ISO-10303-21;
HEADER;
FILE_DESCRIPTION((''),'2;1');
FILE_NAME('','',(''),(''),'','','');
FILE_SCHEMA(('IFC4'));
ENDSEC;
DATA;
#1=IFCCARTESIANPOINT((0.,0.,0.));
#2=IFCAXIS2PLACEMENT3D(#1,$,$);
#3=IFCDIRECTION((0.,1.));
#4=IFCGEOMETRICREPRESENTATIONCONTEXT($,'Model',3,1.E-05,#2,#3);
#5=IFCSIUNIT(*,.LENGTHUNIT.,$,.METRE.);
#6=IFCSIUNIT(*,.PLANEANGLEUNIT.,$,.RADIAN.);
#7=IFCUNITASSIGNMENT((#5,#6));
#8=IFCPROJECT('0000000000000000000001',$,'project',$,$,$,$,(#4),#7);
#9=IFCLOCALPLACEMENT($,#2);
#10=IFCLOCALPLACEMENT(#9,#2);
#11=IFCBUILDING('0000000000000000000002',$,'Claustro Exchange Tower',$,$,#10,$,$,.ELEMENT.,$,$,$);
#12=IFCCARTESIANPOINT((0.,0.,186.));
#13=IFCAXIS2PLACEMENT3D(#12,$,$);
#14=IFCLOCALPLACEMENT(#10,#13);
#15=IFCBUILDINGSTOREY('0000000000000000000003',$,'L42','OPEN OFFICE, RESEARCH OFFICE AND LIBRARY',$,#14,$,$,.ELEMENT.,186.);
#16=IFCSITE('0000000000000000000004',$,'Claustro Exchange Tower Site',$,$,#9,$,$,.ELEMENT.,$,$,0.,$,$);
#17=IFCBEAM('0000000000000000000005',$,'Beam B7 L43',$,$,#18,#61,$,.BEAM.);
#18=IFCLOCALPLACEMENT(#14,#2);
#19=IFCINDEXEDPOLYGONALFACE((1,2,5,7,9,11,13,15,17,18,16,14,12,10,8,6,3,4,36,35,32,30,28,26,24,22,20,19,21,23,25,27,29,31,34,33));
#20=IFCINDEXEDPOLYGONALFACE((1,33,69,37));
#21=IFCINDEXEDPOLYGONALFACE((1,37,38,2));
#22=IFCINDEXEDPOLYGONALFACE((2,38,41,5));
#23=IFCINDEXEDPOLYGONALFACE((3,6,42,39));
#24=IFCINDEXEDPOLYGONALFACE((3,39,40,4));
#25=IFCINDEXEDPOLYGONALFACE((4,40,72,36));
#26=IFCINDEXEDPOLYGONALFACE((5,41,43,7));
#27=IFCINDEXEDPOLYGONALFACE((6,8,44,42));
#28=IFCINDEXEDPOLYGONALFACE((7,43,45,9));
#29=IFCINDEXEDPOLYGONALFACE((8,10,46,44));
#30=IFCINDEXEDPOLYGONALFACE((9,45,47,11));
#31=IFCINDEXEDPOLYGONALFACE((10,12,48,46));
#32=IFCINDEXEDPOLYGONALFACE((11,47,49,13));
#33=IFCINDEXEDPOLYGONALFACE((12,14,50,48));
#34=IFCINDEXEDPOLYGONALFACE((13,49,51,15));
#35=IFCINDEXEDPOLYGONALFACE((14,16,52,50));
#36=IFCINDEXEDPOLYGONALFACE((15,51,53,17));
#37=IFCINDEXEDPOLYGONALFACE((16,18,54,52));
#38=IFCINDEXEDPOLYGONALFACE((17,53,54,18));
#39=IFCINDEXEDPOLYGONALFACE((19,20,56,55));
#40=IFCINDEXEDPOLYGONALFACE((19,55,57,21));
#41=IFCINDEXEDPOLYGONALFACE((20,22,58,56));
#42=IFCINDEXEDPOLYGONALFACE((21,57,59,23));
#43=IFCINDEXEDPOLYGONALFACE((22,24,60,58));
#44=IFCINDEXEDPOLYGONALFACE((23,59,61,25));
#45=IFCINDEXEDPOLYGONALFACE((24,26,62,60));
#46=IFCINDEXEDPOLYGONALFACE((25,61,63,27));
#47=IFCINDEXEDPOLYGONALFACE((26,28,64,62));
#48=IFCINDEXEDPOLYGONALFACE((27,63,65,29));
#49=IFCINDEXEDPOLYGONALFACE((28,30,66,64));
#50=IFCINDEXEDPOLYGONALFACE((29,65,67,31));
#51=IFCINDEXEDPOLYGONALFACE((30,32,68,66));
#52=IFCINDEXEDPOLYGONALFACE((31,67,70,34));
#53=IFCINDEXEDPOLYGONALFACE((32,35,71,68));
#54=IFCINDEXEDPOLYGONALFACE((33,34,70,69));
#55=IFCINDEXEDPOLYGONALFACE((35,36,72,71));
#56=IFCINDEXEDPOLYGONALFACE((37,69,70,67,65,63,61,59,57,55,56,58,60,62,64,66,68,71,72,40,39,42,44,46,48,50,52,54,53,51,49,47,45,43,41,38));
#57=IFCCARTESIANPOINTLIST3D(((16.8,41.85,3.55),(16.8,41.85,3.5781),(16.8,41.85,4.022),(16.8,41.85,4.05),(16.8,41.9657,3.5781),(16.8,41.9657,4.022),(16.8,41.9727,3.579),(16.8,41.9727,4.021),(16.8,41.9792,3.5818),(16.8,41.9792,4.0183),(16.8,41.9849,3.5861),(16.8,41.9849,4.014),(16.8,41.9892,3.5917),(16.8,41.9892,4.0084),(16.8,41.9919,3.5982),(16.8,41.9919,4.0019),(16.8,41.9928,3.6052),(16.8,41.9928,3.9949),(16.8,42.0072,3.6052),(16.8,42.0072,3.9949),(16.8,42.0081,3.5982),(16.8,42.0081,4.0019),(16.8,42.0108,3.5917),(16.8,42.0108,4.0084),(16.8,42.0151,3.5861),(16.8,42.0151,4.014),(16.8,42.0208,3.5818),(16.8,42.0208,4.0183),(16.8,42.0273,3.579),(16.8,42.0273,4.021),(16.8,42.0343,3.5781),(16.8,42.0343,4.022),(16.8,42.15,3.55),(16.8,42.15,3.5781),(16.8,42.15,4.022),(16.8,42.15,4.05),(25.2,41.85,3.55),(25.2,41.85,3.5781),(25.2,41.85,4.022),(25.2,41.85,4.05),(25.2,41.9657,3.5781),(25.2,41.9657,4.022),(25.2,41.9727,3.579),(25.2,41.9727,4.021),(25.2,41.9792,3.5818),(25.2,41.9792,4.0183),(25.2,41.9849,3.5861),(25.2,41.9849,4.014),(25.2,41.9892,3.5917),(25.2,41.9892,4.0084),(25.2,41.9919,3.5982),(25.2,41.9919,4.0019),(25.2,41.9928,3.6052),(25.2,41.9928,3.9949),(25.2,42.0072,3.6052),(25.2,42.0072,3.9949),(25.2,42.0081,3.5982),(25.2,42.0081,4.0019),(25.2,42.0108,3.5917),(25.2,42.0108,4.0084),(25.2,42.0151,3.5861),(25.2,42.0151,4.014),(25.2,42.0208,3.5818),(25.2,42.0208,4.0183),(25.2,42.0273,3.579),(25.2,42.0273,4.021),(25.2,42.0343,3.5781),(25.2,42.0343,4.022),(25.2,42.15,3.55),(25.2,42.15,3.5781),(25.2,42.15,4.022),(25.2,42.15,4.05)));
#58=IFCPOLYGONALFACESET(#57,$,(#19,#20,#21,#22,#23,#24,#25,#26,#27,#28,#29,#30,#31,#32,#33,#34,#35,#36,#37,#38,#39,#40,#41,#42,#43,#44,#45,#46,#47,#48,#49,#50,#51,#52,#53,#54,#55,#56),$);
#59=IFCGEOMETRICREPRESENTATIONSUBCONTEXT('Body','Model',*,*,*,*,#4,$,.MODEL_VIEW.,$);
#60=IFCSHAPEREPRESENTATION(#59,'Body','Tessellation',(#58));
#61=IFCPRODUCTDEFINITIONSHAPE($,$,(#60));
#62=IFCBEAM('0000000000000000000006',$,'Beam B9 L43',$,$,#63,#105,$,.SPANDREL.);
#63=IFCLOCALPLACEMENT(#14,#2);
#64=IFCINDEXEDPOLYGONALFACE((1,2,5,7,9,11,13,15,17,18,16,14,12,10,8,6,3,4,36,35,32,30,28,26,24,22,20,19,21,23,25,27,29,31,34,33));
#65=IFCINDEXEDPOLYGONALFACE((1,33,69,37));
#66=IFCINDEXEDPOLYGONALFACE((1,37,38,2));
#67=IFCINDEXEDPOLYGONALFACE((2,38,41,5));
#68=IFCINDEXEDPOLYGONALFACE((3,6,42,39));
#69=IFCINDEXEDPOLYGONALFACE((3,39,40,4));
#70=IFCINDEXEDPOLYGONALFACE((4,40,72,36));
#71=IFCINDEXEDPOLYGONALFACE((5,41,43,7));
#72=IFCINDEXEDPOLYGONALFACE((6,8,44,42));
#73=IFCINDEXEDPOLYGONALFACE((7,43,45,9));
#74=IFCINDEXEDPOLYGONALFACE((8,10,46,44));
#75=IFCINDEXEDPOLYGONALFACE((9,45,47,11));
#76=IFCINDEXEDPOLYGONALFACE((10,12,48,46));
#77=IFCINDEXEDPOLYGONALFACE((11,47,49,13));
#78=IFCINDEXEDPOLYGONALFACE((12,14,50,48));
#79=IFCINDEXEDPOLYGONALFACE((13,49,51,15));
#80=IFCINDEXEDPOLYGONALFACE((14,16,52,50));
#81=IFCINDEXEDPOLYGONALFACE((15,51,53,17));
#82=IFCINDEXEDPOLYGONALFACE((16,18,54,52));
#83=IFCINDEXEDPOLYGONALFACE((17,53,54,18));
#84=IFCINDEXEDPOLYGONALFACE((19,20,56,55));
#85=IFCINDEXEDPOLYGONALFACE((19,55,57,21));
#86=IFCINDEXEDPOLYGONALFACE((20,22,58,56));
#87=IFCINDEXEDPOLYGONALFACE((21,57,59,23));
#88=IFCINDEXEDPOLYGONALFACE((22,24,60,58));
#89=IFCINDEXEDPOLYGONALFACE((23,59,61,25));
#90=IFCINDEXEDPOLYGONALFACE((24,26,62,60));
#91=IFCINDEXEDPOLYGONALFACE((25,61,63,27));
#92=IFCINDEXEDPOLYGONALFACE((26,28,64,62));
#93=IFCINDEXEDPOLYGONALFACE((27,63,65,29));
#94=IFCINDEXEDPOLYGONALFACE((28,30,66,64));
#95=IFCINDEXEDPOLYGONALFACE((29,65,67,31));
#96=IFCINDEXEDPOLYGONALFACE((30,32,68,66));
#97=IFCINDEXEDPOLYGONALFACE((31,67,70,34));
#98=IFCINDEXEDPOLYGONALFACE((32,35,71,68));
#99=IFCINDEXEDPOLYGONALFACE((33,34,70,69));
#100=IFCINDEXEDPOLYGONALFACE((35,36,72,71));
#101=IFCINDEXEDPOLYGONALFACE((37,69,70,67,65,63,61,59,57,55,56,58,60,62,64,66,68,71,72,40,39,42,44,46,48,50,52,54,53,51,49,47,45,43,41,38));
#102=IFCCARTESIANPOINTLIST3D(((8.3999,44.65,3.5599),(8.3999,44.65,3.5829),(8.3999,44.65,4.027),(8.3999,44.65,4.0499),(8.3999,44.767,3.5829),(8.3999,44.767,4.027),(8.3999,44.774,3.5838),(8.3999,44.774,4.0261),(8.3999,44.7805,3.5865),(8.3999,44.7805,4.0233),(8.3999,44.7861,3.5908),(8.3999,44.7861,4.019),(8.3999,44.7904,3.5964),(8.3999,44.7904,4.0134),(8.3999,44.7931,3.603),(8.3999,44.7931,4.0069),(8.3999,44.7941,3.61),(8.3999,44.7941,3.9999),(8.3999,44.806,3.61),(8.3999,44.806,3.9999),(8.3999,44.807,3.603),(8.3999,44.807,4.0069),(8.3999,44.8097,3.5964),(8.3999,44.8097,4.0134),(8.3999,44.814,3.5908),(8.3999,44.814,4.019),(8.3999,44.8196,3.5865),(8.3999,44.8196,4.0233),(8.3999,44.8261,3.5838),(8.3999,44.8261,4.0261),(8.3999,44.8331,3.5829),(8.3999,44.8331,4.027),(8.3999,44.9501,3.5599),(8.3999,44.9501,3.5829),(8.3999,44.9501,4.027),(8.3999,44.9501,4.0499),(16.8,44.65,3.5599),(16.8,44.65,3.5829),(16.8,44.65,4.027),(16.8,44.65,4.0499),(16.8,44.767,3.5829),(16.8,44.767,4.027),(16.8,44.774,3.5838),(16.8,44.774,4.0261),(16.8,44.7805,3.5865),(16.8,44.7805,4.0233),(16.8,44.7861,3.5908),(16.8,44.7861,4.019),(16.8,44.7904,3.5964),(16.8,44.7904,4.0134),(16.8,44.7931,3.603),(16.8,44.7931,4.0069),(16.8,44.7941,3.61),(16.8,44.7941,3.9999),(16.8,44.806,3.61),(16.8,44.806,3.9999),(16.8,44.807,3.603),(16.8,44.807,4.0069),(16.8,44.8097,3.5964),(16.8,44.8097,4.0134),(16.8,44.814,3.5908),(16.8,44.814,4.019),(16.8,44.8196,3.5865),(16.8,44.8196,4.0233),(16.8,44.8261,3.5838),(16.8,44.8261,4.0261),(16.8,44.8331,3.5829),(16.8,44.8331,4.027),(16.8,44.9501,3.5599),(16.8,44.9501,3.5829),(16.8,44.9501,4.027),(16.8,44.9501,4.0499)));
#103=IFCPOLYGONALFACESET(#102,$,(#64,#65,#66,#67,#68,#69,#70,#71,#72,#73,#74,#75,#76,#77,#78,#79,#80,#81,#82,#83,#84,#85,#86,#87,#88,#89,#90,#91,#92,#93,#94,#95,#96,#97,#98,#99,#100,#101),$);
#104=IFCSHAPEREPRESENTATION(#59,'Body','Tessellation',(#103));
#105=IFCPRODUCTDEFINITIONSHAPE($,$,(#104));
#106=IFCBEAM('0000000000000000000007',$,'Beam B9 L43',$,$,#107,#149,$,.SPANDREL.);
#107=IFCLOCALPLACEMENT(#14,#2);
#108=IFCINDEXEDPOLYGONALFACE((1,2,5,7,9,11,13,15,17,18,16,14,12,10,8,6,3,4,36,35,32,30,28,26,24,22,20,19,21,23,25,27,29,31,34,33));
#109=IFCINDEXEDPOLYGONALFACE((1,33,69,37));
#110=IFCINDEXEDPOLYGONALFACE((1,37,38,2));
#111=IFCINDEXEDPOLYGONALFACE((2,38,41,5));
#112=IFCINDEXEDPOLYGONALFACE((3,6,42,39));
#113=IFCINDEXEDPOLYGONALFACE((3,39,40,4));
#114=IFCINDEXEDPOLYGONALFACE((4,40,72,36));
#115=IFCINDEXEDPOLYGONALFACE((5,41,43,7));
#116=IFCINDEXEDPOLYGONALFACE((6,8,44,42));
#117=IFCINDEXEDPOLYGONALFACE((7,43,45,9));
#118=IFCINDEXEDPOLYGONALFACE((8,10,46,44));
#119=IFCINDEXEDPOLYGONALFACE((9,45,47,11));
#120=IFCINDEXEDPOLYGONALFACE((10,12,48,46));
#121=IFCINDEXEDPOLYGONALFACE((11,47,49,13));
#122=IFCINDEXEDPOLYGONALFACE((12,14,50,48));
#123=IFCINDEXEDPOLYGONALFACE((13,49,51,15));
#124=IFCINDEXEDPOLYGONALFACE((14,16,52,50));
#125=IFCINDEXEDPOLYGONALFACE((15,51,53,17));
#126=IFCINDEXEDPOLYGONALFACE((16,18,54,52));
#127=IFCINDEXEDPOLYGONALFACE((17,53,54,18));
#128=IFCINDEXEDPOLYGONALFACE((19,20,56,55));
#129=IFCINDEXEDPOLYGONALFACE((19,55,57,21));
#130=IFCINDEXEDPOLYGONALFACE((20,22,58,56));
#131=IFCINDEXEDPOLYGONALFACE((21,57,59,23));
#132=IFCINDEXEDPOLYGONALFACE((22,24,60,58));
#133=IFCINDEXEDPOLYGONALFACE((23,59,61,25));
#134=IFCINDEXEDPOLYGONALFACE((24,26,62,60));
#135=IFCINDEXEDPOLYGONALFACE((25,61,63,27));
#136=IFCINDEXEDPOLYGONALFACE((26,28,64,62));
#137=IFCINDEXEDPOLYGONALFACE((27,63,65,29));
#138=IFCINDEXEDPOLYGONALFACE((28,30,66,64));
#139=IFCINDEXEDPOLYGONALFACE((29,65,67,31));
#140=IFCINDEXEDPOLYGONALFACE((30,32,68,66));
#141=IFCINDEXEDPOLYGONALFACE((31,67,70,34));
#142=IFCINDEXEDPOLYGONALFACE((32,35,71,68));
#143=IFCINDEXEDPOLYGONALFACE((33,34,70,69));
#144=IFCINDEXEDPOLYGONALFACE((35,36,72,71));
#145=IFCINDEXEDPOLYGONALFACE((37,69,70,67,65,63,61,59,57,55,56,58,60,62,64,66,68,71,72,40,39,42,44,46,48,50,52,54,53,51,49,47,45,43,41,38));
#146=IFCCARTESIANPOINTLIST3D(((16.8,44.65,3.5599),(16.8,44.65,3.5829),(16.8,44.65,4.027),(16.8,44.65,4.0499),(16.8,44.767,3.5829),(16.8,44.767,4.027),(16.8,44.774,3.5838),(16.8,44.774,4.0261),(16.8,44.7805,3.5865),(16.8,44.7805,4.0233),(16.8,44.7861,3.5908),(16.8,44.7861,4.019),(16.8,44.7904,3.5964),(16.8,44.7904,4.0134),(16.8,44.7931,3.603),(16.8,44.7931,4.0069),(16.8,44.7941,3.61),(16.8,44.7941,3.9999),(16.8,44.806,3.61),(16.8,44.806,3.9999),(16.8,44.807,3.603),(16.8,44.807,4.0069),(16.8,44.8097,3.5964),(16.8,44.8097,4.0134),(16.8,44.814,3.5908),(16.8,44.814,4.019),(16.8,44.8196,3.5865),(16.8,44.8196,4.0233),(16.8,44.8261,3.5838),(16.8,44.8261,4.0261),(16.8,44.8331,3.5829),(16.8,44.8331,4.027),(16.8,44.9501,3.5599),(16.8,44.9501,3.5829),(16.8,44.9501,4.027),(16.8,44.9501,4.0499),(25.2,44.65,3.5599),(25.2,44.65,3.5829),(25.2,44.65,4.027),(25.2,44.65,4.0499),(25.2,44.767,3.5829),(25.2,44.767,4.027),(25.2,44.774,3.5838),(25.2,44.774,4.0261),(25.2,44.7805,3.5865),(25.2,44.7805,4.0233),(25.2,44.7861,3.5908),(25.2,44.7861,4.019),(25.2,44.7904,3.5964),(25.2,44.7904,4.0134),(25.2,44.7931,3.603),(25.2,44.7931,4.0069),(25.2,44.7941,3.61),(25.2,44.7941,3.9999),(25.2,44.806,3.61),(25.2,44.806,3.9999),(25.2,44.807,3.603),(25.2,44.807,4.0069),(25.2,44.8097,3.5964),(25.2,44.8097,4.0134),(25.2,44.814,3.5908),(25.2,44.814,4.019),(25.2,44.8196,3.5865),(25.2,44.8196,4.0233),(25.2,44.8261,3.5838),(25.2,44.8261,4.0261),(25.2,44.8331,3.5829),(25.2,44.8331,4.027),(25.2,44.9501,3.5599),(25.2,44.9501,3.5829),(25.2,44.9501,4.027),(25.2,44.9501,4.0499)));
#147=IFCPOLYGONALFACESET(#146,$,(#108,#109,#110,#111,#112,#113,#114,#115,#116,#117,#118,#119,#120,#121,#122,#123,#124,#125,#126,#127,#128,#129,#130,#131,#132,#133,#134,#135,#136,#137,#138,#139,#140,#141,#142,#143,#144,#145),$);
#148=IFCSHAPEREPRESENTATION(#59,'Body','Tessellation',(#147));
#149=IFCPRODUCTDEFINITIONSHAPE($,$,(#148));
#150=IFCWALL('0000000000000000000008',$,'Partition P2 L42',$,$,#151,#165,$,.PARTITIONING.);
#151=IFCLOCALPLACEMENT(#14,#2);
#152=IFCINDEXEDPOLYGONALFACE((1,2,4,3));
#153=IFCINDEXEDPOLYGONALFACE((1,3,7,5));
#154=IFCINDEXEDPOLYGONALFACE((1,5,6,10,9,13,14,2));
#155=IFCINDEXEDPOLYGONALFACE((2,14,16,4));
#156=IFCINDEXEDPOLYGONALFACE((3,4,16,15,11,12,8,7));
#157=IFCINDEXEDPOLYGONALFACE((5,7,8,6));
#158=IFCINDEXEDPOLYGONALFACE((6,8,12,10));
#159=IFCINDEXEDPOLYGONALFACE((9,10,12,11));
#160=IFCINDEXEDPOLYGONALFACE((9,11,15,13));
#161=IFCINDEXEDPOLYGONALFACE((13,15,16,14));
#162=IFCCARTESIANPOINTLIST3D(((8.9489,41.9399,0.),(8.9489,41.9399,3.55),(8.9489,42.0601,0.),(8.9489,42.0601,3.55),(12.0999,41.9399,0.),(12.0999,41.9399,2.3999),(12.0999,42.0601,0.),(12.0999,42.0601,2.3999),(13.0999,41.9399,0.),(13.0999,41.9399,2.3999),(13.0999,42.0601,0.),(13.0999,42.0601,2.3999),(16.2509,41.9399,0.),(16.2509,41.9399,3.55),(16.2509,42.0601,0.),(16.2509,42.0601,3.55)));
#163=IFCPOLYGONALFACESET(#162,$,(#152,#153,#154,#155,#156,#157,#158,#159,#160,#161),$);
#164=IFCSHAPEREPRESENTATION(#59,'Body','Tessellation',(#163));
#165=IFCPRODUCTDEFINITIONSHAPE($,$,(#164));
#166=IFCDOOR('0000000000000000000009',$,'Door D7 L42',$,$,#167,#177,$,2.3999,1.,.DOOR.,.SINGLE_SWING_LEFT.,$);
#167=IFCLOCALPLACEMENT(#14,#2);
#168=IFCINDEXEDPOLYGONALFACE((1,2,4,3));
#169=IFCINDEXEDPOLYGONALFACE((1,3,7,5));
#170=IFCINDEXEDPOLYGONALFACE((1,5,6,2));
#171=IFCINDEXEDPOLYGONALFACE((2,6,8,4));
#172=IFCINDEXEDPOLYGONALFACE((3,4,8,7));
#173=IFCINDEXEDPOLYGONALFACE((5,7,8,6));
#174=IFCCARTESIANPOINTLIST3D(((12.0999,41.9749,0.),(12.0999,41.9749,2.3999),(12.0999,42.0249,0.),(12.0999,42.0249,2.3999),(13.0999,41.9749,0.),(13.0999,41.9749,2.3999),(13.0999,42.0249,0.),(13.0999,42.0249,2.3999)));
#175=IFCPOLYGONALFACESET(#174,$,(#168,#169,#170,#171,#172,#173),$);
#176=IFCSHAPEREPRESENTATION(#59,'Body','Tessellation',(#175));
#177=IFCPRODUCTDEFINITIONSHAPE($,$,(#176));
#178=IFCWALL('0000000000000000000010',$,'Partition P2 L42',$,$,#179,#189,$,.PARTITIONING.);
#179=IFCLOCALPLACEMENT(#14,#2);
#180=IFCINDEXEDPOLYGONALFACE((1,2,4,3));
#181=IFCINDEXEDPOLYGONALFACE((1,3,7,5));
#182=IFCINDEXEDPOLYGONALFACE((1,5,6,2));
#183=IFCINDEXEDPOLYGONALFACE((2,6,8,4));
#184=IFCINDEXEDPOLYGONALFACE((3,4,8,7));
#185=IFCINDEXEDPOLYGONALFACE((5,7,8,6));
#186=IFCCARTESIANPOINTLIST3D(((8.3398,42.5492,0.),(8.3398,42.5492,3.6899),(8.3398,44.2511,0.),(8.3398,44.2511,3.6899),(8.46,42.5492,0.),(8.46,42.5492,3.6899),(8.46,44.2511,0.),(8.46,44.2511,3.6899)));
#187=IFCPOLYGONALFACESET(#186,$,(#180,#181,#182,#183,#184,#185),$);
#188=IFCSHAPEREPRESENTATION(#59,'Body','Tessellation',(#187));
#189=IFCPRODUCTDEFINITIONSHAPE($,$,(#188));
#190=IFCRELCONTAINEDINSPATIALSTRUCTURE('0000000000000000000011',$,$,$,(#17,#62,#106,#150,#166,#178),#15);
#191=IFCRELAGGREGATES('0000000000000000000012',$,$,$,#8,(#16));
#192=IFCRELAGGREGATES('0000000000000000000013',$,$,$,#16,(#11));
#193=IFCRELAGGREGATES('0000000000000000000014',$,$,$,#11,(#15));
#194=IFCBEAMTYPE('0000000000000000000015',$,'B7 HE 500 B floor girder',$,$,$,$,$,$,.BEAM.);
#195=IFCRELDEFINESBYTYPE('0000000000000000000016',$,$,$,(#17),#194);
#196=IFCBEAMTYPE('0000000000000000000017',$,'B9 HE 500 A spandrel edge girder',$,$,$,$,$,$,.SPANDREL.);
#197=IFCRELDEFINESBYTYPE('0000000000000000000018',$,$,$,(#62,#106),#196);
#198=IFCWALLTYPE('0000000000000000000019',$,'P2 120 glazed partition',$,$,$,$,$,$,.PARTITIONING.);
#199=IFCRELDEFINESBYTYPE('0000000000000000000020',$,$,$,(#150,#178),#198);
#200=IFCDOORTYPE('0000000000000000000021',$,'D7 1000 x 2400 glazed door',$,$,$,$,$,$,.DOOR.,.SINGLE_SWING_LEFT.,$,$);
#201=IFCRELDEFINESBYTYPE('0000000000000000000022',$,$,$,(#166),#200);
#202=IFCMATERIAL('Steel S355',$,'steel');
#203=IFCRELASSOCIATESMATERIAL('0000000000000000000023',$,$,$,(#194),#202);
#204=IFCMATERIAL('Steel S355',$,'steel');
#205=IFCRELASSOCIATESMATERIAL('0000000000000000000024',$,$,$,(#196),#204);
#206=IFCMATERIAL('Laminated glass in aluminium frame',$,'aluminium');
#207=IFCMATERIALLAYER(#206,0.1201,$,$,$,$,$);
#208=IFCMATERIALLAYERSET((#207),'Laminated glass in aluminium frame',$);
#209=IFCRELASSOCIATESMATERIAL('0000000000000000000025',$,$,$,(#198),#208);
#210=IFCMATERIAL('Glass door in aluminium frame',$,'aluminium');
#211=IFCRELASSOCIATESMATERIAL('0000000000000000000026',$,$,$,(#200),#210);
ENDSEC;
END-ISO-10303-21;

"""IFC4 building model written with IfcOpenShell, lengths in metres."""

from ifc_helpers import new_model, si_unit, direction, frame, frame_2d, origin, origin_2d, place, context, subcontext, project, spatial, rectangle, i_section, extrude, material, layer, layer_set, material_profile, profile_set, type_object, element, fill, save


model = new_model("IFC4")

# Units and contexts
model_context = context("Model", 3, precision=1e-05, world=origin(), true_north=direction((0.0, 1.0)))
body_context = subcontext(model_context, "Body", "Model", "MODEL_VIEW")
ifc_project = project(units=[si_unit("LENGTHUNIT", "METRE"), si_unit("PLANEANGLEUNIT", "RADIAN")], contexts=[model_context])

# Site, building, storey
site_placement = place(None, origin())
site = spatial("IfcSite", under=ifc_project, at=site_placement, Name="Claustro Exchange Tower Site", CompositionType="ELEMENT", RefElevation=0.0)
building_placement = place(site_placement, origin())
building = spatial("IfcBuilding", under=site, at=building_placement, Name="Claustro Exchange Tower", CompositionType="ELEMENT")
storey_placement = place(building_placement, frame((0.0, 0.0, 186.0)))
storey = spatial("IfcBuildingStorey", under=building, at=storey_placement, Name="L42", Description="OPEN OFFICE, RESEARCH OFFICE AND LIBRARY", CompositionType="ELEMENT", Elevation=186.0)

# Beams
ifc_material_1 = material(Name="Steel S355", Category="steel")
ifc_material_profile_1 = material_profile(ifc_material_1, i_section(OverallWidth=0.3, OverallDepth=0.5, WebThickness=0.0144, FlangeThickness=0.0281, FilletRadius=0.0271, at=origin_2d()), Name="HE 500 B")
ifc_profile_set_1 = profile_set([ifc_material_profile_1], Name="Steel S355")
beam_type_1 = type_object("IfcBeamType", Name="B7 HE 500 B floor girder", PredefinedType="BEAM", material=ifc_profile_set_1)
beam_1_placement = place(storey_placement, frame((16.8, 42.0, 3.8), z_axis=(1.0, 0.0, 0.0), x_axis=(0.0, 1.0, 0.0)))
element("IfcBeam", 1, at=beam_1_placement, inside=storey, type_object=beam_type_1, Name="Beam B7 L43", PredefinedType="BEAM", context=body_context, shape_type="SweptSolid", body=[
    extrude(i_section(OverallWidth=0.3, OverallDepth=0.5, WebThickness=0.0144, FlangeThickness=0.0281, FilletRadius=0.0271, at=origin_2d()), origin(), (0.0, 0.0, 1.0), 8.3999),
])
ifc_material_2 = material(Name="Steel S355", Category="steel")
ifc_material_profile_2 = material_profile(ifc_material_2, i_section(OverallWidth=0.3, OverallDepth=0.49, WebThickness=0.012, FlangeThickness=0.0229, FilletRadius=0.0271, at=origin_2d()), Name="HE 500 A")
ifc_profile_set_2 = profile_set([ifc_material_profile_2], Name="Steel S355")
beam_type_2 = type_object("IfcBeamType", Name="B9 HE 500 A spandrel edge girder", PredefinedType="SPANDREL", material=ifc_profile_set_2)
beam_2_placement = place(storey_placement, frame((8.3999, 44.8, 3.8049), z_axis=(1.0, 0.0, 0.0), x_axis=(0.0, 1.0, 0.0)))
element("IfcBeam", 2, at=beam_2_placement, inside=storey, type_object=beam_type_2, Name="Beam B9 L43", PredefinedType="SPANDREL", context=body_context, shape_type="SweptSolid", body=[
    extrude(i_section(OverallWidth=0.3, OverallDepth=0.49, WebThickness=0.012, FlangeThickness=0.0229, FilletRadius=0.0271, at=origin_2d()), origin(), (0.0, 0.0, 1.0), 8.4001),
])
beam_3_placement = place(storey_placement, frame((16.8, 44.8, 3.8049), z_axis=(1.0, 0.0, 0.0), x_axis=(0.0, 1.0, 0.0)))
element("IfcBeam", 3, at=beam_3_placement, inside=storey, type_object=beam_type_2, Name="Beam B9 L43", PredefinedType="SPANDREL", context=body_context, shape_type="SweptSolid", body=[
    extrude(i_section(OverallWidth=0.3, OverallDepth=0.49, WebThickness=0.012, FlangeThickness=0.0229, FilletRadius=0.0271, at=origin_2d()), origin(), (0.0, 0.0, 1.0), 8.3999),
])

# Wall, opening, door
ifc_material_3 = material(Name="Laminated glass in aluminium frame", Category="aluminium")
ifc_layer_1 = layer(ifc_material_3, 0.1201)
ifc_layer_set_1 = layer_set([ifc_layer_1], Name="Laminated glass in aluminium frame")
wall_type_1 = type_object("IfcWallType", Name="P2 120 glazed partition", PredefinedType="PARTITIONING", material=ifc_layer_set_1)
wall_1_placement = place(storey_placement, frame((8.949, 42.0, 0.0), z_axis=(0.0, 0.0, 1.0), x_axis=(1.0, 0.0, 0.0)))
wall_1 = element("IfcWall", 4, at=wall_1_placement, inside=storey, type_object=wall_type_1, Name="Partition P2 L42", PredefinedType="PARTITIONING", context=body_context, shape_type="SweptSolid", body=[
    extrude(rectangle(XDim=7.302, YDim=0.1201, at=frame_2d((3.6509, 0.0))), origin(), (0.0, 0.0, 1.0), 3.55),
])
opening_1_placement = place(wall_1_placement, frame((3.1509, 0.0, 0.0)))
opening_1 = element("IfcOpeningElement", 5, at=opening_1_placement, cuts=wall_1, PredefinedType="OPENING", context=body_context, shape_type="SweptSolid", body=[
    extrude(rectangle(XDim=1.0, YDim=2.3999, at=frame_2d((0.5, 1.2))), frame((0.0, 0.0701, 0.0), z_axis=(0.0, -1.0, 0.0), x_axis=(1.0, 0.0, 0.0)), (0.0, 0.0, 1.0), 0.1401),
])
ifc_material_4 = material(Name="Glass door in aluminium frame", Category="aluminium")
door_type_1 = type_object("IfcDoorType", Name="D7 1000 x 2400 glazed door", OperationType="SINGLE_SWING_LEFT", PredefinedType="DOOR", material=ifc_material_4)
door_1_placement = place(opening_1_placement, origin())
door_1 = element("IfcDoor", 6, at=door_1_placement, inside=storey, type_object=door_type_1, Name="Door D7 L42", OperationType="SINGLE_SWING_LEFT", OverallHeight=2.3999, OverallWidth=1.0, PredefinedType="DOOR", context=body_context, shape_type="SweptSolid", body=[
    extrude(rectangle(XDim=1.0, YDim=2.3999, at=frame_2d((0.5, 1.2))), frame((0.0, 0.0249, 0.0), z_axis=(0.0, -1.0, 0.0), x_axis=(1.0, 0.0, 0.0)), (0.0, 0.0, 1.0), 0.05),
])
fill(opening_1, door_1)

# Wall
wall_2_placement = place(storey_placement, frame((8.3999, 42.5491, 0.0), z_axis=(0.0, 0.0, 1.0), x_axis=(0.0, 1.0, 0.0)))
element("IfcWall", 7, at=wall_2_placement, inside=storey, type_object=wall_type_1, Name="Partition P2 L42", PredefinedType="PARTITIONING", context=body_context, shape_type="SweptSolid", body=[
    extrude(rectangle(XDim=1.7019, YDim=0.1201, at=frame_2d((0.8511, 0.0))), origin(), (0.0, 0.0, 1.0), 3.6899),
])

save(model, "model.ifc")
